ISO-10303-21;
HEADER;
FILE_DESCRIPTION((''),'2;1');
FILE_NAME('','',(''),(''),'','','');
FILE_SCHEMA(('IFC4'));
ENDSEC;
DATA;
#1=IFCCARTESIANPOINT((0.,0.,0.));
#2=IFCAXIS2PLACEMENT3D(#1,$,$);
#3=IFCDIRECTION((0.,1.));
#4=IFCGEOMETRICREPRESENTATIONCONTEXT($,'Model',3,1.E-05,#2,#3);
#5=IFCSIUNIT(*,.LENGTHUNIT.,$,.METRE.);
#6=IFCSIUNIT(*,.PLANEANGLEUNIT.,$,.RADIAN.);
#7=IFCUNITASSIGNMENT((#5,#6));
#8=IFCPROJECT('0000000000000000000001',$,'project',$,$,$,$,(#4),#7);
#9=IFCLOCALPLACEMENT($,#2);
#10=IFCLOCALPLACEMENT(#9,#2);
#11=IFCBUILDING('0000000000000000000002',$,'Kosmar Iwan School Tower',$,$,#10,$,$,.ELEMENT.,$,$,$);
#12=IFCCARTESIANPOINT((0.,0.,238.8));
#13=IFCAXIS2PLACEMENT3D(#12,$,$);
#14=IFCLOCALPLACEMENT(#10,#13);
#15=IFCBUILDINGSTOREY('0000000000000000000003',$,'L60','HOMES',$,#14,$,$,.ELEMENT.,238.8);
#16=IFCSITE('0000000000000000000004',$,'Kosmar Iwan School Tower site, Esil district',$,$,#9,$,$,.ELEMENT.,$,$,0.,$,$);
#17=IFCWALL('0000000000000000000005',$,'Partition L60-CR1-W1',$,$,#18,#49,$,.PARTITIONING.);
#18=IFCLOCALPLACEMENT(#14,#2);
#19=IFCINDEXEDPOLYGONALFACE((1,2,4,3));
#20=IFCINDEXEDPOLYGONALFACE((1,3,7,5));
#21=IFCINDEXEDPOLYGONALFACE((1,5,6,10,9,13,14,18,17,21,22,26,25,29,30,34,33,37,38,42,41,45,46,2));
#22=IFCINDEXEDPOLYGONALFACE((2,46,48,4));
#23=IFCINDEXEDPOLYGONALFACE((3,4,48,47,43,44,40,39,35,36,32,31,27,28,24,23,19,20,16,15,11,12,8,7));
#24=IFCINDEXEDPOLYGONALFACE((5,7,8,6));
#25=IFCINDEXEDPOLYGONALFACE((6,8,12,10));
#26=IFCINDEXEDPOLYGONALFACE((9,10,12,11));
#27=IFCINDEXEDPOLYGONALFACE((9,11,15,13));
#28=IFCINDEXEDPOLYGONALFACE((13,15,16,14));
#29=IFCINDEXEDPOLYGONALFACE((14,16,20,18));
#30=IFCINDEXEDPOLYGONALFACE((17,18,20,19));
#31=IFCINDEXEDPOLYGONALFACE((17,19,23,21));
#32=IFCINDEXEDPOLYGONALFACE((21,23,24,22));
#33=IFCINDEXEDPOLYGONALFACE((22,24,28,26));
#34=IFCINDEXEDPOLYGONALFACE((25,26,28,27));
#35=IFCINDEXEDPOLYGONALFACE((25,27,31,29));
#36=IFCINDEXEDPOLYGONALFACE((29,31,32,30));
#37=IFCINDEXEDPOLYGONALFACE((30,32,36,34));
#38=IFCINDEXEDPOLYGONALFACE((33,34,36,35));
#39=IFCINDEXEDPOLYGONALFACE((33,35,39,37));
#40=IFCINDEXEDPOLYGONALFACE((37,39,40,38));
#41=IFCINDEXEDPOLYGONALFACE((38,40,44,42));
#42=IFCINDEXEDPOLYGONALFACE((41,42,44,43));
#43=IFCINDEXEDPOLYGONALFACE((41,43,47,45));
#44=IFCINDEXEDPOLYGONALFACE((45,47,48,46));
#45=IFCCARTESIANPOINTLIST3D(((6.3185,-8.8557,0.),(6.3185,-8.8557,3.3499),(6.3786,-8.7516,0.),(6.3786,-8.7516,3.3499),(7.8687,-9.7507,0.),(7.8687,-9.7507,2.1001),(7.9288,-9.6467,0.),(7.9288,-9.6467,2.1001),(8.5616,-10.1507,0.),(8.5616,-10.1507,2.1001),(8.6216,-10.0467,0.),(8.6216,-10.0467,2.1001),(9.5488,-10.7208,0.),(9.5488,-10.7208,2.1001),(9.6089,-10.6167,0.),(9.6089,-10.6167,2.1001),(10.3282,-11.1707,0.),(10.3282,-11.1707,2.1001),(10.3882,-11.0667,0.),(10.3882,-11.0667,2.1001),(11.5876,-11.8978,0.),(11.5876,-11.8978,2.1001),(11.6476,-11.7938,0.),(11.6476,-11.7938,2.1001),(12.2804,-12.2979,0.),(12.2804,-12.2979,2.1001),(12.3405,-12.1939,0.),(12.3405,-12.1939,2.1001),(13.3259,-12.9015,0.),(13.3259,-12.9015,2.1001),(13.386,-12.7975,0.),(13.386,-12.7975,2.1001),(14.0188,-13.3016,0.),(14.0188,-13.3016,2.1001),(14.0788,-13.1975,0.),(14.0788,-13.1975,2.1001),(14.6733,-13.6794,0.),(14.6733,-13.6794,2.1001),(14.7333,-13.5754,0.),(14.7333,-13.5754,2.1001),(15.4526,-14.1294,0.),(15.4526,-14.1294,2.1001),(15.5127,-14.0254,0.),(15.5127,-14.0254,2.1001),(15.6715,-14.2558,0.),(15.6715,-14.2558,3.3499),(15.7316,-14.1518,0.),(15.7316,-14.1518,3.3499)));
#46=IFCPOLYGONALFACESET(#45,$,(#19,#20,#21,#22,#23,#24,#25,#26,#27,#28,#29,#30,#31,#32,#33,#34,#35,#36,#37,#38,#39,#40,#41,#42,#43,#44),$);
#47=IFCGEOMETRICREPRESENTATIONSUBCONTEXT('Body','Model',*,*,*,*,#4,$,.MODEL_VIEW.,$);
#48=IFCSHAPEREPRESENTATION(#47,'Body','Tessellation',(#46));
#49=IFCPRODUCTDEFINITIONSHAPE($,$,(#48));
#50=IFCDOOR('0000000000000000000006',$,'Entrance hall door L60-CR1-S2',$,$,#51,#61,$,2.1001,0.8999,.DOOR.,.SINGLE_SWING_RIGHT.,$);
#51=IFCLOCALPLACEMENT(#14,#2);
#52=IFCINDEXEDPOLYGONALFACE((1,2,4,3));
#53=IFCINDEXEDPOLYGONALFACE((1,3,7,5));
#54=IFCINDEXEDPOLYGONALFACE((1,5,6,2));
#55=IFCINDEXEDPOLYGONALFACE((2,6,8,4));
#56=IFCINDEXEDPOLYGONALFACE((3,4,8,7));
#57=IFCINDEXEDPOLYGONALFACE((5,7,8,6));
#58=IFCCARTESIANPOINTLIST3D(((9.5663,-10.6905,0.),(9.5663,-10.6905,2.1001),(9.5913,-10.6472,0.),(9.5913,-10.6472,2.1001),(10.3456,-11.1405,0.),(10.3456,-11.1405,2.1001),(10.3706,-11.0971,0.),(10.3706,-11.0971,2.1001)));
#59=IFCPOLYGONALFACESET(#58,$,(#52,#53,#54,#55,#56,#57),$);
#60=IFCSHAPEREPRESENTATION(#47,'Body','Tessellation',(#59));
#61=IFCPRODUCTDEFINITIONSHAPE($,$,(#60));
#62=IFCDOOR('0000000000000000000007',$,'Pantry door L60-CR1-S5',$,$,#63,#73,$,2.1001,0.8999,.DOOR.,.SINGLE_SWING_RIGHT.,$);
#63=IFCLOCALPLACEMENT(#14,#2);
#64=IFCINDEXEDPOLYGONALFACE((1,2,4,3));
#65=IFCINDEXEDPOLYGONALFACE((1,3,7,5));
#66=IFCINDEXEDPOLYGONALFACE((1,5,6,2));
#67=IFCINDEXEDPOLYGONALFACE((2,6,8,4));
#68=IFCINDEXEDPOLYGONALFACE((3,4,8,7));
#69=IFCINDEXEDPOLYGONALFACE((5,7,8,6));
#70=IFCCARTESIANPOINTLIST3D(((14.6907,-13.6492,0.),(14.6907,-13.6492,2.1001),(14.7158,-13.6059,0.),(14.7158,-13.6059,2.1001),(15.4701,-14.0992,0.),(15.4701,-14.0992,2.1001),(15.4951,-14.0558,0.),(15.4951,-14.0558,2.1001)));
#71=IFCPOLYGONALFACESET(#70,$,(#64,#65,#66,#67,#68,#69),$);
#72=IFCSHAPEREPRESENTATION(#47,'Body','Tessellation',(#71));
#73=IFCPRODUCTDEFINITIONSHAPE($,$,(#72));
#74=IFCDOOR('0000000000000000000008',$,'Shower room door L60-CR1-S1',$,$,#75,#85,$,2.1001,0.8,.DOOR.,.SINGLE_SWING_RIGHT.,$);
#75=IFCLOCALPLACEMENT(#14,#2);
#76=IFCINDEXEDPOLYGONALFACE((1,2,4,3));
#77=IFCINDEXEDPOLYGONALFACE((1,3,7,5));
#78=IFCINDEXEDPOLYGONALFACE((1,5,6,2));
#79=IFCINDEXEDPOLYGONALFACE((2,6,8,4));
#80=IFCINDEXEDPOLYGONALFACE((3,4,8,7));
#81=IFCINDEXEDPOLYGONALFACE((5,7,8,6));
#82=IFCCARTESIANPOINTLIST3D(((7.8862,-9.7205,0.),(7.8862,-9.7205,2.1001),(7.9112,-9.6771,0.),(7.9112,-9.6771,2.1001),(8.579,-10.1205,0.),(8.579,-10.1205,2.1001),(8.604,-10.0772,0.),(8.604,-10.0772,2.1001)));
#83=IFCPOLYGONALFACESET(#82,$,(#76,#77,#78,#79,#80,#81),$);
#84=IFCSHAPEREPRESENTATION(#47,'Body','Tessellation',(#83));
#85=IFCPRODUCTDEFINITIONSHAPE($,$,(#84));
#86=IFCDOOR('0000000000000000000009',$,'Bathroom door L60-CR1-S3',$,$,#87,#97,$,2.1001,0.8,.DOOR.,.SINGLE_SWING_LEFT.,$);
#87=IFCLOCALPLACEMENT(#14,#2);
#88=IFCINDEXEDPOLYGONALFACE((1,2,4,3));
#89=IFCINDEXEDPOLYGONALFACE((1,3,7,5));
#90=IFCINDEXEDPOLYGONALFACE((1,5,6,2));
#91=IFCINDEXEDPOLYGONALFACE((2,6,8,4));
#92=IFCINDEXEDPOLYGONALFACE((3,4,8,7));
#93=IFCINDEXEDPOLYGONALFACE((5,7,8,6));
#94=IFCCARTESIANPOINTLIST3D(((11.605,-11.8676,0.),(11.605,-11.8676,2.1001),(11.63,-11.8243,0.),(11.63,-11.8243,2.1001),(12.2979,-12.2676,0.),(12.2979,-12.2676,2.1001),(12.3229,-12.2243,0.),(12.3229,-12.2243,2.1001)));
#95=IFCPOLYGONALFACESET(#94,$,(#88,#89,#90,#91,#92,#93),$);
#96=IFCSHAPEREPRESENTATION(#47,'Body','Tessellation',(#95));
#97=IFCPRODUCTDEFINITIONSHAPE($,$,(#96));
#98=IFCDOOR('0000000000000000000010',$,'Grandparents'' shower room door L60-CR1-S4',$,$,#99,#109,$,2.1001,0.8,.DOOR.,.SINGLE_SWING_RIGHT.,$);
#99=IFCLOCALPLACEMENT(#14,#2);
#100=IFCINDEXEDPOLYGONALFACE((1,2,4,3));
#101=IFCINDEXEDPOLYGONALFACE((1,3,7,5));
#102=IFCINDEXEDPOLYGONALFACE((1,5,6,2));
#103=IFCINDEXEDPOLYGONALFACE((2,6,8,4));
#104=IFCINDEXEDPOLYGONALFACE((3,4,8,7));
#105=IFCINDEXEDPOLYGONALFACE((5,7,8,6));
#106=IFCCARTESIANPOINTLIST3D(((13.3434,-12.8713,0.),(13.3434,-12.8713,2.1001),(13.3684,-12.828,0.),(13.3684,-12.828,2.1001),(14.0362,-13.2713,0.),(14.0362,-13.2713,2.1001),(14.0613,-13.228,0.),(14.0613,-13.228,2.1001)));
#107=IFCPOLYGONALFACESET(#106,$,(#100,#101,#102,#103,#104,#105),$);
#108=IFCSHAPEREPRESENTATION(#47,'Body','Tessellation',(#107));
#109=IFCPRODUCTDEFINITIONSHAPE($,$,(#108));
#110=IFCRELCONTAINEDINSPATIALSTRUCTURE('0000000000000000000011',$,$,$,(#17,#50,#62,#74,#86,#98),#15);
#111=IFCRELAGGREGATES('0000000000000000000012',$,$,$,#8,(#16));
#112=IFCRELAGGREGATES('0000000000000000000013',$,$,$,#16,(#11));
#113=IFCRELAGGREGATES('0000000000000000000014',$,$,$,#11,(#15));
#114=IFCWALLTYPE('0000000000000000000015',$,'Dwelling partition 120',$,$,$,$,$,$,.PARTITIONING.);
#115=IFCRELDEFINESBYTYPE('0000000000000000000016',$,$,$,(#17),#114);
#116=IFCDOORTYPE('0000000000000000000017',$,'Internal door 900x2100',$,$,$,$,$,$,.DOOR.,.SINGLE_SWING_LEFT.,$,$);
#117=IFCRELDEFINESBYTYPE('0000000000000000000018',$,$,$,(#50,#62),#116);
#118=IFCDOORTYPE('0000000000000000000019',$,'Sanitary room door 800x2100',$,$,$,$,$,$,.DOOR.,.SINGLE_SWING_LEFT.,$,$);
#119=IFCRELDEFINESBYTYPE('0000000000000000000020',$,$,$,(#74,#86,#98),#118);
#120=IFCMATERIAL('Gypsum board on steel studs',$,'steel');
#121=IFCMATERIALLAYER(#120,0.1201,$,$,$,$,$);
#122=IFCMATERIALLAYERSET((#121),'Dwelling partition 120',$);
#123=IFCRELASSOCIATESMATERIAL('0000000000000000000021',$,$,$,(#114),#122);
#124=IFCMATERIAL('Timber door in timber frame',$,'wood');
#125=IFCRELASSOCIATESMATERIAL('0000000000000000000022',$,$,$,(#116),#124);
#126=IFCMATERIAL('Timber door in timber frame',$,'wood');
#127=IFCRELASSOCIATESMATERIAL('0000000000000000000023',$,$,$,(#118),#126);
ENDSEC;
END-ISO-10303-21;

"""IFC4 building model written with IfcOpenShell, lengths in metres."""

from ifc_helpers import new_model, si_unit, direction, frame, frame_2d, origin, place, context, subcontext, project, spatial, rectangle, extrude, material, layer, layer_set, type_object, element, fill, save


model = new_model("IFC4")

# Units and contexts
model_context = context("Model", 3, precision=1e-05, world=origin(), true_north=direction((0.0, 1.0)))
body_context = subcontext(model_context, "Body", "Model", "MODEL_VIEW")
ifc_project = project(units=[si_unit("LENGTHUNIT", "METRE"), si_unit("PLANEANGLEUNIT", "RADIAN")], contexts=[model_context])

# Site, building, storey
site_placement = place(None, origin())
site = spatial("IfcSite", under=ifc_project, at=site_placement, Name="Kosmar Iwan School Tower site, Esil district", CompositionType="ELEMENT", RefElevation=0.0)
building_placement = place(site_placement, origin())
building = spatial("IfcBuilding", under=site, at=building_placement, Name="Kosmar Iwan School Tower", CompositionType="ELEMENT")
storey_placement = place(building_placement, frame((0.0, 0.0, 238.8)))
storey = spatial("IfcBuildingStorey", under=building, at=storey_placement, Name="L60", Description="HOMES", CompositionType="ELEMENT", Elevation=238.8)

# Wall, openings, doors
ifc_material_1 = material(Name="Gypsum board on steel studs", Category="steel")
ifc_layer_1 = layer(ifc_material_1, 0.1201)
ifc_layer_set_1 = layer_set([ifc_layer_1], Name="Dwelling partition 120")
wall_type_1 = type_object("IfcWallType", Name="Dwelling partition 120", PredefinedType="PARTITIONING", material=ifc_layer_set_1)
wall_1_placement = place(storey_placement, frame((6.3486, -8.8037, 0.0), z_axis=(0.0, 0.0, 1.0), x_axis=(0.866018, -0.500012, 0.0)))
wall_1 = element("IfcWall", 1, at=wall_1_placement, inside=storey, type_object=wall_type_1, Name="Partition L60-CR1-W1", PredefinedType="PARTITIONING", context=body_context, shape_type="SweptSolid", body=[
    extrude(rectangle(XDim=10.8, YDim=0.1201, at=frame_2d((5.3999, 0.0))), origin(), (0.0, 0.0, 1.0), 3.3499),
])
opening_1_placement = place(wall_1_placement, frame((1.79, 0.0, 0.0)))
opening_1 = element("IfcOpeningElement", 2, at=opening_1_placement, cuts=wall_1, PredefinedType="OPENING", context=body_context, shape_type="SweptSolid", body=[
    extrude(rectangle(XDim=0.8, YDim=2.1001, at=frame_2d((0.3999, 1.05))), frame((0.0, 0.072, 0.0), z_axis=(0.0, -1.0, 0.0), x_axis=(1.0, 0.0, 0.0)), (0.0, 0.0, 1.0), 0.144),
])
opening_2_placement = place(wall_1_placement, frame((3.73, 0.0, 0.0)))
opening_2 = element("IfcOpeningElement", 3, at=opening_2_placement, cuts=wall_1, PredefinedType="OPENING", context=body_context, shape_type="SweptSolid", body=[
    extrude(rectangle(XDim=0.8999, YDim=2.1001, at=frame_2d((0.45, 1.05))), frame((0.0, 0.072, 0.0), z_axis=(0.0, -1.0, 0.0), x_axis=(1.0, 0.0, 0.0)), (0.0, 0.0, 1.0), 0.144),
])
opening_3_placement = place(wall_1_placement, frame((6.0842, 0.0, 0.0)))
opening_3 = element("IfcOpeningElement", 4, at=opening_3_placement, cuts=wall_1, PredefinedType="OPENING", context=body_context, shape_type="SweptSolid", body=[
    extrude(rectangle(XDim=0.8, YDim=2.1001, at=frame_2d((0.3999, 1.05))), frame((0.0, 0.072, 0.0), z_axis=(0.0, -1.0, 0.0), x_axis=(1.0, 0.0, 0.0)), (0.0, 0.0, 1.0), 0.144),
])
opening_4_placement = place(wall_1_placement, frame((8.0916, 0.0, 0.0)))
opening_4 = element("IfcOpeningElement", 5, at=opening_4_placement, cuts=wall_1, PredefinedType="OPENING", context=body_context, shape_type="SweptSolid", body=[
    extrude(rectangle(XDim=0.8, YDim=2.1001, at=frame_2d((0.3999, 1.05))), frame((0.0, 0.072, 0.0), z_axis=(0.0, -1.0, 0.0), x_axis=(1.0, 0.0, 0.0)), (0.0, 0.0, 1.0), 0.144),
])
opening_5_placement = place(wall_1_placement, frame((9.6472, 0.0, 0.0)))
opening_5 = element("IfcOpeningElement", 6, at=opening_5_placement, cuts=wall_1, PredefinedType="OPENING", context=body_context, shape_type="SweptSolid", body=[
    extrude(rectangle(XDim=0.8999, YDim=2.1001, at=frame_2d((0.45, 1.05))), frame((0.0, 0.072, 0.0), z_axis=(0.0, -1.0, 0.0), x_axis=(1.0, 0.0, 0.0)), (0.0, 0.0, 1.0), 0.144),
])
ifc_material_2 = material(Name="Timber door in timber frame", Category="wood")
door_type_1 = type_object("IfcDoorType", Name="Internal door 900x2100", OperationType="SINGLE_SWING_LEFT", PredefinedType="DOOR", material=ifc_material_2)
door_1_placement = place(opening_2_placement, origin())
door_1 = element("IfcDoor", 7, at=door_1_placement, inside=storey, type_object=door_type_1, Name="Entrance hall door L60-CR1-S2", OperationType="SINGLE_SWING_RIGHT", OverallHeight=2.1001, OverallWidth=0.8999, PredefinedType="DOOR", context=body_context, shape_type="SweptSolid", body=[
    extrude(rectangle(XDim=0.8999, YDim=2.1001, at=frame_2d((0.45, 1.05))), frame((0.0, 0.0249, 0.0), z_axis=(0.0, -1.0, 0.0), x_axis=(1.0, 0.0, 0.0)), (0.0, 0.0, 1.0), 0.05),
])
fill(opening_2, door_1)
door_2_placement = place(opening_5_placement, origin())
door_2 = element("IfcDoor", 8, at=door_2_placement, inside=storey, type_object=door_type_1, Name="Pantry door L60-CR1-S5", OperationType="SINGLE_SWING_RIGHT", OverallHeight=2.1001, OverallWidth=0.8999, PredefinedType="DOOR", context=body_context, shape_type="SweptSolid", body=[
    extrude(rectangle(XDim=0.8999, YDim=2.1001, at=frame_2d((0.45, 1.05))), frame((0.0, 0.0249, 0.0), z_axis=(0.0, -1.0, 0.0), x_axis=(1.0, 0.0, 0.0)), (0.0, 0.0, 1.0), 0.05),
])
fill(opening_5, door_2)
ifc_material_3 = material(Name="Timber door in timber frame", Category="wood")
door_type_2 = type_object("IfcDoorType", Name="Sanitary room door 800x2100", OperationType="SINGLE_SWING_LEFT", PredefinedType="DOOR", material=ifc_material_3)
door_3_placement = place(opening_1_placement, origin())
door_3 = element("IfcDoor", 9, at=door_3_placement, inside=storey, type_object=door_type_2, Name="Shower room door L60-CR1-S1", OperationType="SINGLE_SWING_RIGHT", OverallHeight=2.1001, OverallWidth=0.8, PredefinedType="DOOR", context=body_context, shape_type="SweptSolid", body=[
    extrude(rectangle(XDim=0.8, YDim=2.1001, at=frame_2d((0.3999, 1.05))), frame((0.0, 0.0249, 0.0), z_axis=(0.0, -1.0, 0.0), x_axis=(1.0, 0.0, 0.0)), (0.0, 0.0, 1.0), 0.05),
])
fill(opening_1, door_3)
door_4_placement = place(opening_3_placement, origin())
door_4 = element("IfcDoor", 10, at=door_4_placement, inside=storey, type_object=door_type_2, Name="Bathroom door L60-CR1-S3", OperationType="SINGLE_SWING_LEFT", OverallHeight=2.1001, OverallWidth=0.8, PredefinedType="DOOR", context=body_context, shape_type="SweptSolid", body=[
    extrude(rectangle(XDim=0.8, YDim=2.1001, at=frame_2d((0.3999, 1.05))), frame((0.0, 0.0249, 0.0), z_axis=(0.0, -1.0, 0.0), x_axis=(1.0, 0.0, 0.0)), (0.0, 0.0, 1.0), 0.05),
])
fill(opening_3, door_4)
door_5_placement = place(opening_4_placement, origin())
door_5 = element("IfcDoor", 11, at=door_5_placement, inside=storey, type_object=door_type_2, Name="Grandparents' shower room door L60-CR1-S4", OperationType="SINGLE_SWING_RIGHT", OverallHeight=2.1001, OverallWidth=0.8, PredefinedType="DOOR", context=body_context, shape_type="SweptSolid", body=[
    extrude(rectangle(XDim=0.8, YDim=2.1001, at=frame_2d((0.3999, 1.05))), frame((0.0, 0.0249, 0.0), z_axis=(0.0, -1.0, 0.0), x_axis=(1.0, 0.0, 0.0)), (0.0, 0.0, 1.0), 0.05),
])
fill(opening_4, door_5)

save(model, "model.ifc")
